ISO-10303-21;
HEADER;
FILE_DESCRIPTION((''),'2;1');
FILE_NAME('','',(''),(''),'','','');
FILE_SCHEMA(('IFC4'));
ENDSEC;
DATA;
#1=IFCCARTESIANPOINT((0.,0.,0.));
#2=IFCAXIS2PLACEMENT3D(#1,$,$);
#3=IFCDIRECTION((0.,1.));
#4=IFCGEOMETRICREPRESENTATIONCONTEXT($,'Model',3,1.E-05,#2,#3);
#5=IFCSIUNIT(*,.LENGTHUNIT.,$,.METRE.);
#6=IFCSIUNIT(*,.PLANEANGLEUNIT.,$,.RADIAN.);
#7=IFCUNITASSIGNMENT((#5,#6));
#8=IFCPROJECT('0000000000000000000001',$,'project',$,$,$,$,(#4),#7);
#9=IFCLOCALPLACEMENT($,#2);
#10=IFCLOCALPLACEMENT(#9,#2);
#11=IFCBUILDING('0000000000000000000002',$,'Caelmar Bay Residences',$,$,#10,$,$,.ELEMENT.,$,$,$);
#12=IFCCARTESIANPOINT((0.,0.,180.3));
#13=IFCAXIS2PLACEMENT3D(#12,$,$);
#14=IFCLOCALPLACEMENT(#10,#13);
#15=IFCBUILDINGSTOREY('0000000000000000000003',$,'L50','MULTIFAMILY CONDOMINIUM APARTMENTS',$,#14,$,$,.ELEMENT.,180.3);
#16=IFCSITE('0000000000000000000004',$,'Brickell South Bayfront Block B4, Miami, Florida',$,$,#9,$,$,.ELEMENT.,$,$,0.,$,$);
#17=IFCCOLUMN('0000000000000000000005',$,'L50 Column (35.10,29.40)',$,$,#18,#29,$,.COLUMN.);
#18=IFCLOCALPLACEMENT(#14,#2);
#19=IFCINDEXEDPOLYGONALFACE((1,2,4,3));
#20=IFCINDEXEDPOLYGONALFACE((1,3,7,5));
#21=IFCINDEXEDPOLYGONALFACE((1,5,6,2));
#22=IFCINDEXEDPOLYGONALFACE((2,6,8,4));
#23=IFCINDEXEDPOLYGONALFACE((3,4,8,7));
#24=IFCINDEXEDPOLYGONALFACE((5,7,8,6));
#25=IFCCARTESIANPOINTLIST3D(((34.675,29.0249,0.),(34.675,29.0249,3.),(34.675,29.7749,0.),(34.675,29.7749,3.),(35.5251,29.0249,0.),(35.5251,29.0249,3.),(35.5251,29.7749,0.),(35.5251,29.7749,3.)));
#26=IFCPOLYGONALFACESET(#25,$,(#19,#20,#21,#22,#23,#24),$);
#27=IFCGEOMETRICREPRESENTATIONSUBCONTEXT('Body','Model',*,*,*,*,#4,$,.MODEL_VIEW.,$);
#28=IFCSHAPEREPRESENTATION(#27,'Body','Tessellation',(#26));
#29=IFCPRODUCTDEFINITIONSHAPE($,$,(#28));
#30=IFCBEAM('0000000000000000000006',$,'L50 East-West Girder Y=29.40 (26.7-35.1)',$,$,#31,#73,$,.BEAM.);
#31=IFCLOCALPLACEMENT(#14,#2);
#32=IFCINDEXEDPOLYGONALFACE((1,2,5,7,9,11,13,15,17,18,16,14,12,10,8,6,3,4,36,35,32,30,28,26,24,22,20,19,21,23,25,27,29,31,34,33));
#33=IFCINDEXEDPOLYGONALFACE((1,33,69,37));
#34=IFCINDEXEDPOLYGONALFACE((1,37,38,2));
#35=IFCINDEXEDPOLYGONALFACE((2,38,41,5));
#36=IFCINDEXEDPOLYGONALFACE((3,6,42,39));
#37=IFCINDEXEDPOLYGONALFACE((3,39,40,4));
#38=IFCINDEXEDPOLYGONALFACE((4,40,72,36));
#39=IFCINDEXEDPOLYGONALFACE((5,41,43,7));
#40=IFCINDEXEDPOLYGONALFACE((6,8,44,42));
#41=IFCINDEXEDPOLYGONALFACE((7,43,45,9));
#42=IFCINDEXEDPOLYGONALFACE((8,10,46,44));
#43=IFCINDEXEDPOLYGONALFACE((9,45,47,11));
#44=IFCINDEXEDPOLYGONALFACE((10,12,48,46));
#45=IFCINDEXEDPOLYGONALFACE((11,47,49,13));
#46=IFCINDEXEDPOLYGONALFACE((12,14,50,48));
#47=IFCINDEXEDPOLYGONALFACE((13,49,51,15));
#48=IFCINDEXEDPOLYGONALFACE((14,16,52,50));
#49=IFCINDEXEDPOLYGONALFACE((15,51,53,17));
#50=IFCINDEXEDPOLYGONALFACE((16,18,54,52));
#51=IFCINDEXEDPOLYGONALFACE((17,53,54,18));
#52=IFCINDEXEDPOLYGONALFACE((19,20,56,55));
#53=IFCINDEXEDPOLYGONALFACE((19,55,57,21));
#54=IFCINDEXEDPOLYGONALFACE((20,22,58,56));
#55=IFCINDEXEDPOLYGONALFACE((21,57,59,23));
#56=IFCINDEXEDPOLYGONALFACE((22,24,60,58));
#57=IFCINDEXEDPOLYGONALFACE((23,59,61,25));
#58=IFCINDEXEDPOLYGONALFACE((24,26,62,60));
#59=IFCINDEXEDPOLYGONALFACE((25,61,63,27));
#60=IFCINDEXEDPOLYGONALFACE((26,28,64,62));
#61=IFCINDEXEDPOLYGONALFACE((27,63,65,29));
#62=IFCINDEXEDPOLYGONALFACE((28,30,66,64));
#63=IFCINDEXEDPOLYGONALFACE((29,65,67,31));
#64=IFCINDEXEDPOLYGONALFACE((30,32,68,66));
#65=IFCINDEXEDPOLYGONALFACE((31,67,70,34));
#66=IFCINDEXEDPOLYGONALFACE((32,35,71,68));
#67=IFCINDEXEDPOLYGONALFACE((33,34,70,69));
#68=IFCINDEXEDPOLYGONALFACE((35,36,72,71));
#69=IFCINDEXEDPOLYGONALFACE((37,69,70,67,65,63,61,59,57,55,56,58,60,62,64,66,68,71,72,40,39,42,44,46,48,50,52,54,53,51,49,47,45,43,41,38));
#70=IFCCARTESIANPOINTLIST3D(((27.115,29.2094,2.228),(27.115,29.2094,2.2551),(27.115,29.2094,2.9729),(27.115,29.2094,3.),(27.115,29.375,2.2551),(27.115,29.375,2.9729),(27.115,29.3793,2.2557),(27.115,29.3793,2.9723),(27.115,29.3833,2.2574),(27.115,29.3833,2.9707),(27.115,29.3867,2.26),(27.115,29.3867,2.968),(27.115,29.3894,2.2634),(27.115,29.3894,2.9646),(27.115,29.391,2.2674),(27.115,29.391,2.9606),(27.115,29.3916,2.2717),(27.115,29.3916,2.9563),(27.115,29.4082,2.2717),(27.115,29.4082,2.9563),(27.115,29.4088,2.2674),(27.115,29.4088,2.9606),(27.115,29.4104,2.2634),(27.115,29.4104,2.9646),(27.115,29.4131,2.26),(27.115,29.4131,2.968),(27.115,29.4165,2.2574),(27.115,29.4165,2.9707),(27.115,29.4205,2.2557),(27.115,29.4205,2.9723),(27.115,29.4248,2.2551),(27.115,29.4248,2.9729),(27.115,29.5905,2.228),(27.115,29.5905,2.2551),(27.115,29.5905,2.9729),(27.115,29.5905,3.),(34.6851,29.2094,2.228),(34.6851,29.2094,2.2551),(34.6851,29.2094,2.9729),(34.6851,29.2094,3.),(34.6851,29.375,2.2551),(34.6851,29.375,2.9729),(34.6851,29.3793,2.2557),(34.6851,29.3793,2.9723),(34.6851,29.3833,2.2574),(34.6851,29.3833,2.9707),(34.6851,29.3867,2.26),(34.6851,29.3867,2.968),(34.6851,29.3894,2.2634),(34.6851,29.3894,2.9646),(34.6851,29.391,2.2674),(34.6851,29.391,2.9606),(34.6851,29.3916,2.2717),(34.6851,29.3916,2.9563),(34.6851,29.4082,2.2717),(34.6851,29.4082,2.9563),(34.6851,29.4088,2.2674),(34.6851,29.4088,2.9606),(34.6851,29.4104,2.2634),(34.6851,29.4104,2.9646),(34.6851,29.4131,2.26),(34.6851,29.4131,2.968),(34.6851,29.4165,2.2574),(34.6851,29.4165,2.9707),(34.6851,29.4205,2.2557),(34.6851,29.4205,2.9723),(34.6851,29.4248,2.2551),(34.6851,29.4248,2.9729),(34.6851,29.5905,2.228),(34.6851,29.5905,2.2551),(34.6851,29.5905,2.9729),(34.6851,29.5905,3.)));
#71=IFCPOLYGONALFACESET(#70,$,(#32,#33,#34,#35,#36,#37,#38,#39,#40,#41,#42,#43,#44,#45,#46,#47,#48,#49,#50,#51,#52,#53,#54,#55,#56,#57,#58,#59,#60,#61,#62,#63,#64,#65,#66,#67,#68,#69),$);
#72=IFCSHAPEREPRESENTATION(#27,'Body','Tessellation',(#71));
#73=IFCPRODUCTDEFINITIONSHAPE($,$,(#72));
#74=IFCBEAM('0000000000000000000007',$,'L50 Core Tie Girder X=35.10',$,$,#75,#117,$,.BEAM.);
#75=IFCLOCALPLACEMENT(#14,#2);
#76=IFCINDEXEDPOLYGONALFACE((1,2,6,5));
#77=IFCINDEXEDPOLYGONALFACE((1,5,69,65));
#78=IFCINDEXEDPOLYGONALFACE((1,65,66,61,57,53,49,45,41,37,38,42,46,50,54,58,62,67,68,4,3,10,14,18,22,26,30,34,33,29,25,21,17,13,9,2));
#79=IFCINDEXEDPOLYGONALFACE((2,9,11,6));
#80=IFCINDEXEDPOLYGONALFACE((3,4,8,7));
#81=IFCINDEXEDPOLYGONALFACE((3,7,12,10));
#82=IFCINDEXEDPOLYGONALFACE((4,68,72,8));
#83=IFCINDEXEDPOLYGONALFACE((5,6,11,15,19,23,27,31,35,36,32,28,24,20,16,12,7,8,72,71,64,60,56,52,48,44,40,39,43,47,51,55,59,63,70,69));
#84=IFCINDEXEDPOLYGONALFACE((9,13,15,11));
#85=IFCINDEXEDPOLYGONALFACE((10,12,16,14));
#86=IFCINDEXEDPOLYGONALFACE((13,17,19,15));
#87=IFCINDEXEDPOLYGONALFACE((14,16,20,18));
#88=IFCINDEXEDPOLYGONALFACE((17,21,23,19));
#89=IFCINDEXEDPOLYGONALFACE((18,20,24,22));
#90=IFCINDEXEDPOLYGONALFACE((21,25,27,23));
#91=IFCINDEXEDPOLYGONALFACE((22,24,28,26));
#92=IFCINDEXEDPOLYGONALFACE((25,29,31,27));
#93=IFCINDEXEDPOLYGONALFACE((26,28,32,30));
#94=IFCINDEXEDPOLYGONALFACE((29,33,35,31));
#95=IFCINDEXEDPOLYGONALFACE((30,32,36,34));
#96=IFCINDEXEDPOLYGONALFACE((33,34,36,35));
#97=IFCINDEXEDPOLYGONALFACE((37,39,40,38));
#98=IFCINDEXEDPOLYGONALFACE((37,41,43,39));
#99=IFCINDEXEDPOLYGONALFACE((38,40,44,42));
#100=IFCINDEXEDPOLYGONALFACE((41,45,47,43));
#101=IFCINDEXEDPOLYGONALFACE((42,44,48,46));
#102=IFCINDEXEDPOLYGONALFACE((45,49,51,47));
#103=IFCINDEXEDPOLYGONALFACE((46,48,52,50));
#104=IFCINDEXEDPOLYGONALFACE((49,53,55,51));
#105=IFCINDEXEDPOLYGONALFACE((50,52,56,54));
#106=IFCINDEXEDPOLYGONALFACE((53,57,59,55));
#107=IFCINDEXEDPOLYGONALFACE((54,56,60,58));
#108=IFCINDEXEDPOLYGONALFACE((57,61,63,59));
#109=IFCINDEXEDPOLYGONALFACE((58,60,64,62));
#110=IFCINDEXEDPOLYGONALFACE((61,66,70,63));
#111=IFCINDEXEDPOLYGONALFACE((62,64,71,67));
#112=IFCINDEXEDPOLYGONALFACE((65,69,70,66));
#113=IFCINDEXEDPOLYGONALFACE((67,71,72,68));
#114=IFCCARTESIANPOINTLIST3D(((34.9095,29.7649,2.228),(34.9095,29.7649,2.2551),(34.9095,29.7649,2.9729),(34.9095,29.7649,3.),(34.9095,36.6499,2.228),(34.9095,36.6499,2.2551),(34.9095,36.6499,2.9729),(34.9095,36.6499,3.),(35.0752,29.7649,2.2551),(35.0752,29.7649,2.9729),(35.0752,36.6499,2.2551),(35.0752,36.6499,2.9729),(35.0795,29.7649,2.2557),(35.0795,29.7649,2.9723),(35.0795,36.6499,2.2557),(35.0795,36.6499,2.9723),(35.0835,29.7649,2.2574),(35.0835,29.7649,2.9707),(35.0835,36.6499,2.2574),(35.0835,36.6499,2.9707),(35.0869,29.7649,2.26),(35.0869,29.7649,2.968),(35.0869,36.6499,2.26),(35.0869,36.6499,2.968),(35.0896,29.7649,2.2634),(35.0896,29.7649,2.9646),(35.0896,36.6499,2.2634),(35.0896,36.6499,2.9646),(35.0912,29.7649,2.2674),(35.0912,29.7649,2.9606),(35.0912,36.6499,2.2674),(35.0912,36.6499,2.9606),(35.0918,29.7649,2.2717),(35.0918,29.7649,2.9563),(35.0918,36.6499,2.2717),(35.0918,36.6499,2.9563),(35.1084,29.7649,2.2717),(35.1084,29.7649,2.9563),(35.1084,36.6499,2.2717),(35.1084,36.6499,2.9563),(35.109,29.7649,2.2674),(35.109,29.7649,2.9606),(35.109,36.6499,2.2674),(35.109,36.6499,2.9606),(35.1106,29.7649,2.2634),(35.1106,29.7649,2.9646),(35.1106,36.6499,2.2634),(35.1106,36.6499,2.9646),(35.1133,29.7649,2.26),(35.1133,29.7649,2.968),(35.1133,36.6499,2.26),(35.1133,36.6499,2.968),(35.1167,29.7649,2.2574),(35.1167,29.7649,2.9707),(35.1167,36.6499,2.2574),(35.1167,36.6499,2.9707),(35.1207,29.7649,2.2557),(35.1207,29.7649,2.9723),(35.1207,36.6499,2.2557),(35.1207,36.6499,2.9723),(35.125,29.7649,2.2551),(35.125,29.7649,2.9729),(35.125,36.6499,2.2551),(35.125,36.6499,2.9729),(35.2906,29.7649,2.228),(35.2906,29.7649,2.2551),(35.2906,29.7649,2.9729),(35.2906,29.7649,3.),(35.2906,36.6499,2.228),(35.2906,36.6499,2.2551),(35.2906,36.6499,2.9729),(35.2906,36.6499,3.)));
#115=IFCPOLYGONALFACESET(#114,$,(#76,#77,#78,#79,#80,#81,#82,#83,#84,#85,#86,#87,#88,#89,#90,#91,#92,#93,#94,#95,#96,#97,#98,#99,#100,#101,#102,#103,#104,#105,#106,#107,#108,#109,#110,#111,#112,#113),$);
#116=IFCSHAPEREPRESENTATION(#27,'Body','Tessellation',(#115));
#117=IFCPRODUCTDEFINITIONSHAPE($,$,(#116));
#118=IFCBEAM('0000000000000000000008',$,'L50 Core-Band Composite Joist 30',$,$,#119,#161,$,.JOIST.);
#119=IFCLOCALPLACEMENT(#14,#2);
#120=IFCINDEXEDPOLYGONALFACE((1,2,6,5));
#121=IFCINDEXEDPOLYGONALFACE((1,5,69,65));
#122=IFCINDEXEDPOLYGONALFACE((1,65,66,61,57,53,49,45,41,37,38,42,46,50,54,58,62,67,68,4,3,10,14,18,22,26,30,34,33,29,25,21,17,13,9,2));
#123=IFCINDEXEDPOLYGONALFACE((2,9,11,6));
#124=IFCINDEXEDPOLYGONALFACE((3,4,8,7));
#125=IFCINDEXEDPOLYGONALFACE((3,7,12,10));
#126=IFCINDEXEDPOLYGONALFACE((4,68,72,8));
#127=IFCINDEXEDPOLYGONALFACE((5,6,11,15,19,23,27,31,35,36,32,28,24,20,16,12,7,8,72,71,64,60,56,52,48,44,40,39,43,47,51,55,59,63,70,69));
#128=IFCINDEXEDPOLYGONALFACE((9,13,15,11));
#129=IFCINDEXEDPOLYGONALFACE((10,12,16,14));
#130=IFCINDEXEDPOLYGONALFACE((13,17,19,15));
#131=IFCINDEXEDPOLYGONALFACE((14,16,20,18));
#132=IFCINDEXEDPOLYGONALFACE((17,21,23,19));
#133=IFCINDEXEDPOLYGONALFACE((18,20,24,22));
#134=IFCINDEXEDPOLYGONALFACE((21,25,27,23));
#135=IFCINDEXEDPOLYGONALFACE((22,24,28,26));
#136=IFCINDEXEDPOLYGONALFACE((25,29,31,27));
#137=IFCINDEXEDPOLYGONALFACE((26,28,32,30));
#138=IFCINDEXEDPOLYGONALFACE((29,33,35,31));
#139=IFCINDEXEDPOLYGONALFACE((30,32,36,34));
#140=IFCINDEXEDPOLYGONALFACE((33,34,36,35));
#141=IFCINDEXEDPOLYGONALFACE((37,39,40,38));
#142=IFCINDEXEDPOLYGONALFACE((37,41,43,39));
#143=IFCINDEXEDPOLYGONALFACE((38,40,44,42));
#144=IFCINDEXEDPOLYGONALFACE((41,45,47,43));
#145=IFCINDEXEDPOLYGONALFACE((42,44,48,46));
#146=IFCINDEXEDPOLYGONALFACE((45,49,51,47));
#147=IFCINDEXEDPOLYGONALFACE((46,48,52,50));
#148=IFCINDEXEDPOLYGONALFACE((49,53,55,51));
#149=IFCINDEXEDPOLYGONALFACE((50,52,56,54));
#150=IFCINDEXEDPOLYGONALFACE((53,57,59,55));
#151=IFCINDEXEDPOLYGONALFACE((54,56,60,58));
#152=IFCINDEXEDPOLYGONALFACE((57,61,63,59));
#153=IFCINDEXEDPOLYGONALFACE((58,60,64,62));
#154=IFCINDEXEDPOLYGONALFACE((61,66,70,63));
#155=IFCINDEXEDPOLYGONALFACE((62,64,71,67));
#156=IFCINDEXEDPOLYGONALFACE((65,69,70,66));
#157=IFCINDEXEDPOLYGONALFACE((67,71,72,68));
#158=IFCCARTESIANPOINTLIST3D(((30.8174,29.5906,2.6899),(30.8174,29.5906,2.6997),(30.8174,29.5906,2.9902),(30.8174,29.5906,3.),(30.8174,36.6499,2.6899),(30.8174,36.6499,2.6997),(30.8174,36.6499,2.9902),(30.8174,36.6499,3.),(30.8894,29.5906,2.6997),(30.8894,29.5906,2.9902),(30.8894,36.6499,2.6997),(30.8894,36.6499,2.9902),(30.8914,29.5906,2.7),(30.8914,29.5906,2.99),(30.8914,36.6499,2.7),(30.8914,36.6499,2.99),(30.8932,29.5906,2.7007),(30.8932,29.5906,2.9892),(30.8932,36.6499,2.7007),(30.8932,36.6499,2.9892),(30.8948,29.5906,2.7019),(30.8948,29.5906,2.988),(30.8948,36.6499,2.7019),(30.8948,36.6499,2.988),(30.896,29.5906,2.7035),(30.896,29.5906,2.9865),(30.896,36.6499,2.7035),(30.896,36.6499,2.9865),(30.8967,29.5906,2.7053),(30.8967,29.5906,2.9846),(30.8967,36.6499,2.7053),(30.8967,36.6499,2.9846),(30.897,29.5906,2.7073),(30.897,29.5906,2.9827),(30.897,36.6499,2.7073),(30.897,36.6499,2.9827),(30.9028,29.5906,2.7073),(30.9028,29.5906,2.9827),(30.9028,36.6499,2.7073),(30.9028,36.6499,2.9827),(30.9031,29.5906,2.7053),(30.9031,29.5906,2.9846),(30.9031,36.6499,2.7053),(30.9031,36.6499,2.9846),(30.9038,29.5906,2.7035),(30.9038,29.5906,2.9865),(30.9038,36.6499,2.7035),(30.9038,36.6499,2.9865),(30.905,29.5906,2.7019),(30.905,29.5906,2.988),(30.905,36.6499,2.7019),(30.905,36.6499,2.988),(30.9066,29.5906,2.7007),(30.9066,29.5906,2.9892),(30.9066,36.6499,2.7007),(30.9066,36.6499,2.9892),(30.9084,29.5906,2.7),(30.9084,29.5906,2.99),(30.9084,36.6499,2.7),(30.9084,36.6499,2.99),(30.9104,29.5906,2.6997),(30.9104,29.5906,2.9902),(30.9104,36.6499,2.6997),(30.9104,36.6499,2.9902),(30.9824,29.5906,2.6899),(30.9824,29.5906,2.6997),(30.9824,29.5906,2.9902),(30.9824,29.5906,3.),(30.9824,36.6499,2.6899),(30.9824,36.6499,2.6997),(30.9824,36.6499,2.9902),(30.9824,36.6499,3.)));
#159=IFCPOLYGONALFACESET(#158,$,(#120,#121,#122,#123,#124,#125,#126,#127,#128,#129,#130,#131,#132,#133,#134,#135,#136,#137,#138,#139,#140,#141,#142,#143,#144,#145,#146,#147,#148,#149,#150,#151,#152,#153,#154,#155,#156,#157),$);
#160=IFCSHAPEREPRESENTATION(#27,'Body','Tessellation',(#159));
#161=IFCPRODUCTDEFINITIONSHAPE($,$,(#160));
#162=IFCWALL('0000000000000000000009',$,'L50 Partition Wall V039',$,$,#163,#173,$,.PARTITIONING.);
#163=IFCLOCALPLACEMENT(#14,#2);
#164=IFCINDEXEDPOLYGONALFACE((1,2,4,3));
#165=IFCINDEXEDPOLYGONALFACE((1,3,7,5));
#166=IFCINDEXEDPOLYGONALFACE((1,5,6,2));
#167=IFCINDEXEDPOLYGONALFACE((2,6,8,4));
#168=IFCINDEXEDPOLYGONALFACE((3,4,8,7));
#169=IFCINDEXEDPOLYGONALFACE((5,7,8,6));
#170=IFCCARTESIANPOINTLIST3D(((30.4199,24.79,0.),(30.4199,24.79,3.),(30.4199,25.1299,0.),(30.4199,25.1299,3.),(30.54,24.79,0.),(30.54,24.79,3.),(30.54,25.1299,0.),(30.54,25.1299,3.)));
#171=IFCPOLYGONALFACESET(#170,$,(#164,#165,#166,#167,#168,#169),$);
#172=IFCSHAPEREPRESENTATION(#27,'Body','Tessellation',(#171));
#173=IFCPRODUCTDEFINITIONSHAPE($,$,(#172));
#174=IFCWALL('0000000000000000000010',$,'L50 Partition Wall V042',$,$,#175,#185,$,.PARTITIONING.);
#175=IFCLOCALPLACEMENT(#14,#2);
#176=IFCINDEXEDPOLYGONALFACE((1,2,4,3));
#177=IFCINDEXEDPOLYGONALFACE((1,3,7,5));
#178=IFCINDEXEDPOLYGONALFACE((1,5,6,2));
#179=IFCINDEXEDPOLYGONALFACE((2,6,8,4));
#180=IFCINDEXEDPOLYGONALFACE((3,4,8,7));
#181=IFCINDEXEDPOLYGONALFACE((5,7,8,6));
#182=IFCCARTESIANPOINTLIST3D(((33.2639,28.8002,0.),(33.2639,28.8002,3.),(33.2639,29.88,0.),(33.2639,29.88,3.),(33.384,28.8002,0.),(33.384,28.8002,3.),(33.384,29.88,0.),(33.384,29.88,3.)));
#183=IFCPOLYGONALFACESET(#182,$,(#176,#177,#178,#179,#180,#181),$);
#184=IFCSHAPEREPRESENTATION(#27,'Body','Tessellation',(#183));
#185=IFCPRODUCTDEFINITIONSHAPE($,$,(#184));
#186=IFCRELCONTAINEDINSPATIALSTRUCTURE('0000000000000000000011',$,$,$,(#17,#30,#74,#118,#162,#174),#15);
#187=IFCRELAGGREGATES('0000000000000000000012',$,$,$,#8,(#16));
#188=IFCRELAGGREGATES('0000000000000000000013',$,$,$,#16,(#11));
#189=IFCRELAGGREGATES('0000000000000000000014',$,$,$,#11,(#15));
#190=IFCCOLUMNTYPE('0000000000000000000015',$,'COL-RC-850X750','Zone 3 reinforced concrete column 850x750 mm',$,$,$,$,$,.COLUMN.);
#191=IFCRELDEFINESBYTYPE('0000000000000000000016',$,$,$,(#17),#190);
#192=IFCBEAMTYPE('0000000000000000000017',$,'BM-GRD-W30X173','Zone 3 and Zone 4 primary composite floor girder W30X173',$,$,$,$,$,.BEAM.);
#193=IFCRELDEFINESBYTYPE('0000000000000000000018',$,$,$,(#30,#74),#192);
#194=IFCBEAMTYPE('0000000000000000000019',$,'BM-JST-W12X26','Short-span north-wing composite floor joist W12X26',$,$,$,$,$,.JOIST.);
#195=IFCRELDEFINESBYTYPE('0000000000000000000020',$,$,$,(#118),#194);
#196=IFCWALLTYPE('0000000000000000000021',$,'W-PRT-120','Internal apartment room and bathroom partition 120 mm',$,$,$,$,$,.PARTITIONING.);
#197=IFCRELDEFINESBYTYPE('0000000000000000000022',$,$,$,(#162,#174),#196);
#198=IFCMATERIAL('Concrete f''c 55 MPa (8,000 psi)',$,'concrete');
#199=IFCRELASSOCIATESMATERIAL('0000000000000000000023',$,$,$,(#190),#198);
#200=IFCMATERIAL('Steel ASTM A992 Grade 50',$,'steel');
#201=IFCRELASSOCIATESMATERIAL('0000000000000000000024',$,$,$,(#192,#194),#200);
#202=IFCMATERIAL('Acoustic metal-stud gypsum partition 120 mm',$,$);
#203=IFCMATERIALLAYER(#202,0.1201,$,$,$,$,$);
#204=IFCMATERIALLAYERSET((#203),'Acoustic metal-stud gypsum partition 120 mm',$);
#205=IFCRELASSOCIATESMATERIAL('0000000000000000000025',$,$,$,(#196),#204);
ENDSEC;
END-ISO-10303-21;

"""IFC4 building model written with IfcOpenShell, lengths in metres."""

from ifc_helpers import new_model, si_unit, direction, frame, frame_2d, origin, origin_2d, place, context, subcontext, project, spatial, rectangle, i_section, extrude, material, layer, layer_set, material_profile, profile_set, type_object, element, save


model = new_model("IFC4")

# Units and contexts
model_context = context("Model", 3, precision=1e-05, world=origin(), true_north=direction((0.0, 1.0)))
body_context = subcontext(model_context, "Body", "Model", "MODEL_VIEW")
ifc_project = project(units=[si_unit("LENGTHUNIT", "METRE"), si_unit("PLANEANGLEUNIT", "RADIAN")], contexts=[model_context])

# Site, building, storey
site_placement = place(None, origin())
site = spatial("IfcSite", under=ifc_project, at=site_placement, Name="Brickell South Bayfront Block B4, Miami, Florida", CompositionType="ELEMENT", RefElevation=0.0)
building_placement = place(site_placement, origin())
building = spatial("IfcBuilding", under=site, at=building_placement, Name="Caelmar Bay Residences", CompositionType="ELEMENT")
storey_placement = place(building_placement, frame((0.0, 0.0, 180.3)))
storey = spatial("IfcBuildingStorey", under=building, at=storey_placement, Name="L50", Description="MULTIFAMILY CONDOMINIUM APARTMENTS", CompositionType="ELEMENT", Elevation=180.3)

# Column
ifc_material_1 = material(Name="Concrete f'c 55 MPa (8,000 psi)", Category="concrete")
ifc_material_profile_1 = material_profile(ifc_material_1, rectangle(XDim=0.8501, YDim=0.75, at=origin_2d()), Name="RC-COL-850X750")
ifc_profile_set_1 = profile_set([ifc_material_profile_1], Name="Concrete f'c 55 MPa (8,000 psi)")
column_type = type_object("IfcColumnType", Name="COL-RC-850X750", Description="Zone 3 reinforced concrete column 850x750 mm", PredefinedType="COLUMN", material=ifc_profile_set_1)
column_placement = place(storey_placement, frame((35.1001, 29.3999, 0.0), z_axis=(0.0, 0.0, 1.0), x_axis=(1.0, 0.0, 0.0)))
element("IfcColumn", 1, at=column_placement, inside=storey, type_object=column_type, Name="L50 Column (35.10,29.40)", PredefinedType="COLUMN", context=body_context, shape_type="SweptSolid", body=[
    extrude(rectangle(XDim=0.8501, YDim=0.75, at=origin_2d()), origin(), (0.0, 0.0, 1.0), 3.0),
])

# Beams
ifc_material_2 = material(Name="Steel ASTM A992 Grade 50", Category="steel")
ifc_material_profile_2 = material_profile(ifc_material_2, i_section(OverallWidth=0.3811, OverallDepth=0.772, WebThickness=0.0166, FlangeThickness=0.0271, FilletRadius=0.0166, at=origin_2d()), Name="W30X173")
ifc_profile_set_2 = profile_set([ifc_material_profile_2], Name="Steel ASTM A992 Grade 50")
beam_type_1 = type_object("IfcBeamType", Name="BM-GRD-W30X173", Description="Zone 3 and Zone 4 primary composite floor girder W30X173", PredefinedType="BEAM", material=ifc_profile_set_2)
beam_1_placement = place(storey_placement, frame((27.115, 29.3999, 2.614), z_axis=(1.0, 0.0, 0.0), x_axis=(0.0, 1.0, 0.0)))
element("IfcBeam", 2, at=beam_1_placement, inside=storey, type_object=beam_type_1, Name="L50 East-West Girder Y=29.40 (26.7-35.1)", PredefinedType="BEAM", context=body_context, shape_type="SweptSolid", body=[
    extrude(i_section(OverallWidth=0.3811, OverallDepth=0.772, WebThickness=0.0166, FlangeThickness=0.0271, FilletRadius=0.0166, at=origin_2d()), origin(), (0.0, 0.0, 1.0), 7.5701),
])
beam_2_placement = place(storey_placement, frame((35.1001, 29.7649, 2.614), z_axis=(0.0, 1.0, 0.0), x_axis=(-1.0, 0.0, 0.0)))
element("IfcBeam", 3, at=beam_2_placement, inside=storey, type_object=beam_type_1, Name="L50 Core Tie Girder X=35.10", PredefinedType="BEAM", context=body_context, shape_type="SweptSolid", body=[
    extrude(i_section(OverallWidth=0.3811, OverallDepth=0.772, WebThickness=0.0166, FlangeThickness=0.0271, FilletRadius=0.0166, at=origin_2d()), origin(), (0.0, 0.0, 1.0), 6.885),
])
ifc_material_profile_3 = material_profile(ifc_material_2, i_section(OverallWidth=0.165, OverallDepth=0.3101, WebThickness=0.0059, FlangeThickness=0.0098, FilletRadius=0.0076, at=origin_2d()), Name="W12X26")
ifc_profile_set_3 = profile_set([ifc_material_profile_3], Name="Steel ASTM A992 Grade 50")
beam_type_2 = type_object("IfcBeamType", Name="BM-JST-W12X26", Description="Short-span north-wing composite floor joist W12X26", PredefinedType="JOIST", material=ifc_profile_set_3)
beam_3_placement = place(storey_placement, frame((30.8999, 29.5906, 2.845), z_axis=(0.0, 1.0, 0.0), x_axis=(-1.0, 0.0, 0.0)))
element("IfcBeam", 4, at=beam_3_placement, inside=storey, type_object=beam_type_2, Name="L50 Core-Band Composite Joist 30", PredefinedType="JOIST", context=body_context, shape_type="SweptSolid", body=[
    extrude(i_section(OverallWidth=0.165, OverallDepth=0.3101, WebThickness=0.0059, FlangeThickness=0.0098, FilletRadius=0.0076, at=origin_2d()), origin(), (0.0, 0.0, 1.0), 7.0593),
])

# Wall
ifc_material_3 = material(Name="Acoustic metal-stud gypsum partition 120 mm")
ifc_layer_1 = layer(ifc_material_3, 0.1201)
ifc_layer_set_1 = layer_set([ifc_layer_1], Name="Acoustic metal-stud gypsum partition 120 mm")
wall_type = type_object("IfcWallType", Name="W-PRT-120", Description="Internal apartment room and bathroom partition 120 mm", PredefinedType="PARTITIONING", material=ifc_layer_set_1)
wall_1_placement = place(storey_placement, frame((30.48, 24.79, 0.0), z_axis=(0.0, 0.0, 1.0), x_axis=(0.0, 1.0, 0.0)))
element("IfcWall", 5, at=wall_1_placement, inside=storey, type_object=wall_type, Name="L50 Partition Wall V039", PredefinedType="PARTITIONING", context=body_context, shape_type="SweptSolid", body=[
    extrude(rectangle(XDim=0.3398, YDim=0.1201, at=frame_2d((0.1699, 0.0))), origin(), (0.0, 0.0, 1.0), 3.0),
])

# Wall
wall_2_placement = place(storey_placement, frame((33.324, 28.8, 0.0), z_axis=(0.0, 0.0, 1.0), x_axis=(0.0, 1.0, 0.0)))
element("IfcWall", 6, at=wall_2_placement, inside=storey, type_object=wall_type, Name="L50 Partition Wall V042", PredefinedType="PARTITIONING", context=body_context, shape_type="SweptSolid", body=[
    extrude(rectangle(XDim=1.0798, YDim=0.1201, at=frame_2d((0.54, 0.0))), origin(), (0.0, 0.0, 1.0), 3.0),
])

save(model, "model.ifc")
